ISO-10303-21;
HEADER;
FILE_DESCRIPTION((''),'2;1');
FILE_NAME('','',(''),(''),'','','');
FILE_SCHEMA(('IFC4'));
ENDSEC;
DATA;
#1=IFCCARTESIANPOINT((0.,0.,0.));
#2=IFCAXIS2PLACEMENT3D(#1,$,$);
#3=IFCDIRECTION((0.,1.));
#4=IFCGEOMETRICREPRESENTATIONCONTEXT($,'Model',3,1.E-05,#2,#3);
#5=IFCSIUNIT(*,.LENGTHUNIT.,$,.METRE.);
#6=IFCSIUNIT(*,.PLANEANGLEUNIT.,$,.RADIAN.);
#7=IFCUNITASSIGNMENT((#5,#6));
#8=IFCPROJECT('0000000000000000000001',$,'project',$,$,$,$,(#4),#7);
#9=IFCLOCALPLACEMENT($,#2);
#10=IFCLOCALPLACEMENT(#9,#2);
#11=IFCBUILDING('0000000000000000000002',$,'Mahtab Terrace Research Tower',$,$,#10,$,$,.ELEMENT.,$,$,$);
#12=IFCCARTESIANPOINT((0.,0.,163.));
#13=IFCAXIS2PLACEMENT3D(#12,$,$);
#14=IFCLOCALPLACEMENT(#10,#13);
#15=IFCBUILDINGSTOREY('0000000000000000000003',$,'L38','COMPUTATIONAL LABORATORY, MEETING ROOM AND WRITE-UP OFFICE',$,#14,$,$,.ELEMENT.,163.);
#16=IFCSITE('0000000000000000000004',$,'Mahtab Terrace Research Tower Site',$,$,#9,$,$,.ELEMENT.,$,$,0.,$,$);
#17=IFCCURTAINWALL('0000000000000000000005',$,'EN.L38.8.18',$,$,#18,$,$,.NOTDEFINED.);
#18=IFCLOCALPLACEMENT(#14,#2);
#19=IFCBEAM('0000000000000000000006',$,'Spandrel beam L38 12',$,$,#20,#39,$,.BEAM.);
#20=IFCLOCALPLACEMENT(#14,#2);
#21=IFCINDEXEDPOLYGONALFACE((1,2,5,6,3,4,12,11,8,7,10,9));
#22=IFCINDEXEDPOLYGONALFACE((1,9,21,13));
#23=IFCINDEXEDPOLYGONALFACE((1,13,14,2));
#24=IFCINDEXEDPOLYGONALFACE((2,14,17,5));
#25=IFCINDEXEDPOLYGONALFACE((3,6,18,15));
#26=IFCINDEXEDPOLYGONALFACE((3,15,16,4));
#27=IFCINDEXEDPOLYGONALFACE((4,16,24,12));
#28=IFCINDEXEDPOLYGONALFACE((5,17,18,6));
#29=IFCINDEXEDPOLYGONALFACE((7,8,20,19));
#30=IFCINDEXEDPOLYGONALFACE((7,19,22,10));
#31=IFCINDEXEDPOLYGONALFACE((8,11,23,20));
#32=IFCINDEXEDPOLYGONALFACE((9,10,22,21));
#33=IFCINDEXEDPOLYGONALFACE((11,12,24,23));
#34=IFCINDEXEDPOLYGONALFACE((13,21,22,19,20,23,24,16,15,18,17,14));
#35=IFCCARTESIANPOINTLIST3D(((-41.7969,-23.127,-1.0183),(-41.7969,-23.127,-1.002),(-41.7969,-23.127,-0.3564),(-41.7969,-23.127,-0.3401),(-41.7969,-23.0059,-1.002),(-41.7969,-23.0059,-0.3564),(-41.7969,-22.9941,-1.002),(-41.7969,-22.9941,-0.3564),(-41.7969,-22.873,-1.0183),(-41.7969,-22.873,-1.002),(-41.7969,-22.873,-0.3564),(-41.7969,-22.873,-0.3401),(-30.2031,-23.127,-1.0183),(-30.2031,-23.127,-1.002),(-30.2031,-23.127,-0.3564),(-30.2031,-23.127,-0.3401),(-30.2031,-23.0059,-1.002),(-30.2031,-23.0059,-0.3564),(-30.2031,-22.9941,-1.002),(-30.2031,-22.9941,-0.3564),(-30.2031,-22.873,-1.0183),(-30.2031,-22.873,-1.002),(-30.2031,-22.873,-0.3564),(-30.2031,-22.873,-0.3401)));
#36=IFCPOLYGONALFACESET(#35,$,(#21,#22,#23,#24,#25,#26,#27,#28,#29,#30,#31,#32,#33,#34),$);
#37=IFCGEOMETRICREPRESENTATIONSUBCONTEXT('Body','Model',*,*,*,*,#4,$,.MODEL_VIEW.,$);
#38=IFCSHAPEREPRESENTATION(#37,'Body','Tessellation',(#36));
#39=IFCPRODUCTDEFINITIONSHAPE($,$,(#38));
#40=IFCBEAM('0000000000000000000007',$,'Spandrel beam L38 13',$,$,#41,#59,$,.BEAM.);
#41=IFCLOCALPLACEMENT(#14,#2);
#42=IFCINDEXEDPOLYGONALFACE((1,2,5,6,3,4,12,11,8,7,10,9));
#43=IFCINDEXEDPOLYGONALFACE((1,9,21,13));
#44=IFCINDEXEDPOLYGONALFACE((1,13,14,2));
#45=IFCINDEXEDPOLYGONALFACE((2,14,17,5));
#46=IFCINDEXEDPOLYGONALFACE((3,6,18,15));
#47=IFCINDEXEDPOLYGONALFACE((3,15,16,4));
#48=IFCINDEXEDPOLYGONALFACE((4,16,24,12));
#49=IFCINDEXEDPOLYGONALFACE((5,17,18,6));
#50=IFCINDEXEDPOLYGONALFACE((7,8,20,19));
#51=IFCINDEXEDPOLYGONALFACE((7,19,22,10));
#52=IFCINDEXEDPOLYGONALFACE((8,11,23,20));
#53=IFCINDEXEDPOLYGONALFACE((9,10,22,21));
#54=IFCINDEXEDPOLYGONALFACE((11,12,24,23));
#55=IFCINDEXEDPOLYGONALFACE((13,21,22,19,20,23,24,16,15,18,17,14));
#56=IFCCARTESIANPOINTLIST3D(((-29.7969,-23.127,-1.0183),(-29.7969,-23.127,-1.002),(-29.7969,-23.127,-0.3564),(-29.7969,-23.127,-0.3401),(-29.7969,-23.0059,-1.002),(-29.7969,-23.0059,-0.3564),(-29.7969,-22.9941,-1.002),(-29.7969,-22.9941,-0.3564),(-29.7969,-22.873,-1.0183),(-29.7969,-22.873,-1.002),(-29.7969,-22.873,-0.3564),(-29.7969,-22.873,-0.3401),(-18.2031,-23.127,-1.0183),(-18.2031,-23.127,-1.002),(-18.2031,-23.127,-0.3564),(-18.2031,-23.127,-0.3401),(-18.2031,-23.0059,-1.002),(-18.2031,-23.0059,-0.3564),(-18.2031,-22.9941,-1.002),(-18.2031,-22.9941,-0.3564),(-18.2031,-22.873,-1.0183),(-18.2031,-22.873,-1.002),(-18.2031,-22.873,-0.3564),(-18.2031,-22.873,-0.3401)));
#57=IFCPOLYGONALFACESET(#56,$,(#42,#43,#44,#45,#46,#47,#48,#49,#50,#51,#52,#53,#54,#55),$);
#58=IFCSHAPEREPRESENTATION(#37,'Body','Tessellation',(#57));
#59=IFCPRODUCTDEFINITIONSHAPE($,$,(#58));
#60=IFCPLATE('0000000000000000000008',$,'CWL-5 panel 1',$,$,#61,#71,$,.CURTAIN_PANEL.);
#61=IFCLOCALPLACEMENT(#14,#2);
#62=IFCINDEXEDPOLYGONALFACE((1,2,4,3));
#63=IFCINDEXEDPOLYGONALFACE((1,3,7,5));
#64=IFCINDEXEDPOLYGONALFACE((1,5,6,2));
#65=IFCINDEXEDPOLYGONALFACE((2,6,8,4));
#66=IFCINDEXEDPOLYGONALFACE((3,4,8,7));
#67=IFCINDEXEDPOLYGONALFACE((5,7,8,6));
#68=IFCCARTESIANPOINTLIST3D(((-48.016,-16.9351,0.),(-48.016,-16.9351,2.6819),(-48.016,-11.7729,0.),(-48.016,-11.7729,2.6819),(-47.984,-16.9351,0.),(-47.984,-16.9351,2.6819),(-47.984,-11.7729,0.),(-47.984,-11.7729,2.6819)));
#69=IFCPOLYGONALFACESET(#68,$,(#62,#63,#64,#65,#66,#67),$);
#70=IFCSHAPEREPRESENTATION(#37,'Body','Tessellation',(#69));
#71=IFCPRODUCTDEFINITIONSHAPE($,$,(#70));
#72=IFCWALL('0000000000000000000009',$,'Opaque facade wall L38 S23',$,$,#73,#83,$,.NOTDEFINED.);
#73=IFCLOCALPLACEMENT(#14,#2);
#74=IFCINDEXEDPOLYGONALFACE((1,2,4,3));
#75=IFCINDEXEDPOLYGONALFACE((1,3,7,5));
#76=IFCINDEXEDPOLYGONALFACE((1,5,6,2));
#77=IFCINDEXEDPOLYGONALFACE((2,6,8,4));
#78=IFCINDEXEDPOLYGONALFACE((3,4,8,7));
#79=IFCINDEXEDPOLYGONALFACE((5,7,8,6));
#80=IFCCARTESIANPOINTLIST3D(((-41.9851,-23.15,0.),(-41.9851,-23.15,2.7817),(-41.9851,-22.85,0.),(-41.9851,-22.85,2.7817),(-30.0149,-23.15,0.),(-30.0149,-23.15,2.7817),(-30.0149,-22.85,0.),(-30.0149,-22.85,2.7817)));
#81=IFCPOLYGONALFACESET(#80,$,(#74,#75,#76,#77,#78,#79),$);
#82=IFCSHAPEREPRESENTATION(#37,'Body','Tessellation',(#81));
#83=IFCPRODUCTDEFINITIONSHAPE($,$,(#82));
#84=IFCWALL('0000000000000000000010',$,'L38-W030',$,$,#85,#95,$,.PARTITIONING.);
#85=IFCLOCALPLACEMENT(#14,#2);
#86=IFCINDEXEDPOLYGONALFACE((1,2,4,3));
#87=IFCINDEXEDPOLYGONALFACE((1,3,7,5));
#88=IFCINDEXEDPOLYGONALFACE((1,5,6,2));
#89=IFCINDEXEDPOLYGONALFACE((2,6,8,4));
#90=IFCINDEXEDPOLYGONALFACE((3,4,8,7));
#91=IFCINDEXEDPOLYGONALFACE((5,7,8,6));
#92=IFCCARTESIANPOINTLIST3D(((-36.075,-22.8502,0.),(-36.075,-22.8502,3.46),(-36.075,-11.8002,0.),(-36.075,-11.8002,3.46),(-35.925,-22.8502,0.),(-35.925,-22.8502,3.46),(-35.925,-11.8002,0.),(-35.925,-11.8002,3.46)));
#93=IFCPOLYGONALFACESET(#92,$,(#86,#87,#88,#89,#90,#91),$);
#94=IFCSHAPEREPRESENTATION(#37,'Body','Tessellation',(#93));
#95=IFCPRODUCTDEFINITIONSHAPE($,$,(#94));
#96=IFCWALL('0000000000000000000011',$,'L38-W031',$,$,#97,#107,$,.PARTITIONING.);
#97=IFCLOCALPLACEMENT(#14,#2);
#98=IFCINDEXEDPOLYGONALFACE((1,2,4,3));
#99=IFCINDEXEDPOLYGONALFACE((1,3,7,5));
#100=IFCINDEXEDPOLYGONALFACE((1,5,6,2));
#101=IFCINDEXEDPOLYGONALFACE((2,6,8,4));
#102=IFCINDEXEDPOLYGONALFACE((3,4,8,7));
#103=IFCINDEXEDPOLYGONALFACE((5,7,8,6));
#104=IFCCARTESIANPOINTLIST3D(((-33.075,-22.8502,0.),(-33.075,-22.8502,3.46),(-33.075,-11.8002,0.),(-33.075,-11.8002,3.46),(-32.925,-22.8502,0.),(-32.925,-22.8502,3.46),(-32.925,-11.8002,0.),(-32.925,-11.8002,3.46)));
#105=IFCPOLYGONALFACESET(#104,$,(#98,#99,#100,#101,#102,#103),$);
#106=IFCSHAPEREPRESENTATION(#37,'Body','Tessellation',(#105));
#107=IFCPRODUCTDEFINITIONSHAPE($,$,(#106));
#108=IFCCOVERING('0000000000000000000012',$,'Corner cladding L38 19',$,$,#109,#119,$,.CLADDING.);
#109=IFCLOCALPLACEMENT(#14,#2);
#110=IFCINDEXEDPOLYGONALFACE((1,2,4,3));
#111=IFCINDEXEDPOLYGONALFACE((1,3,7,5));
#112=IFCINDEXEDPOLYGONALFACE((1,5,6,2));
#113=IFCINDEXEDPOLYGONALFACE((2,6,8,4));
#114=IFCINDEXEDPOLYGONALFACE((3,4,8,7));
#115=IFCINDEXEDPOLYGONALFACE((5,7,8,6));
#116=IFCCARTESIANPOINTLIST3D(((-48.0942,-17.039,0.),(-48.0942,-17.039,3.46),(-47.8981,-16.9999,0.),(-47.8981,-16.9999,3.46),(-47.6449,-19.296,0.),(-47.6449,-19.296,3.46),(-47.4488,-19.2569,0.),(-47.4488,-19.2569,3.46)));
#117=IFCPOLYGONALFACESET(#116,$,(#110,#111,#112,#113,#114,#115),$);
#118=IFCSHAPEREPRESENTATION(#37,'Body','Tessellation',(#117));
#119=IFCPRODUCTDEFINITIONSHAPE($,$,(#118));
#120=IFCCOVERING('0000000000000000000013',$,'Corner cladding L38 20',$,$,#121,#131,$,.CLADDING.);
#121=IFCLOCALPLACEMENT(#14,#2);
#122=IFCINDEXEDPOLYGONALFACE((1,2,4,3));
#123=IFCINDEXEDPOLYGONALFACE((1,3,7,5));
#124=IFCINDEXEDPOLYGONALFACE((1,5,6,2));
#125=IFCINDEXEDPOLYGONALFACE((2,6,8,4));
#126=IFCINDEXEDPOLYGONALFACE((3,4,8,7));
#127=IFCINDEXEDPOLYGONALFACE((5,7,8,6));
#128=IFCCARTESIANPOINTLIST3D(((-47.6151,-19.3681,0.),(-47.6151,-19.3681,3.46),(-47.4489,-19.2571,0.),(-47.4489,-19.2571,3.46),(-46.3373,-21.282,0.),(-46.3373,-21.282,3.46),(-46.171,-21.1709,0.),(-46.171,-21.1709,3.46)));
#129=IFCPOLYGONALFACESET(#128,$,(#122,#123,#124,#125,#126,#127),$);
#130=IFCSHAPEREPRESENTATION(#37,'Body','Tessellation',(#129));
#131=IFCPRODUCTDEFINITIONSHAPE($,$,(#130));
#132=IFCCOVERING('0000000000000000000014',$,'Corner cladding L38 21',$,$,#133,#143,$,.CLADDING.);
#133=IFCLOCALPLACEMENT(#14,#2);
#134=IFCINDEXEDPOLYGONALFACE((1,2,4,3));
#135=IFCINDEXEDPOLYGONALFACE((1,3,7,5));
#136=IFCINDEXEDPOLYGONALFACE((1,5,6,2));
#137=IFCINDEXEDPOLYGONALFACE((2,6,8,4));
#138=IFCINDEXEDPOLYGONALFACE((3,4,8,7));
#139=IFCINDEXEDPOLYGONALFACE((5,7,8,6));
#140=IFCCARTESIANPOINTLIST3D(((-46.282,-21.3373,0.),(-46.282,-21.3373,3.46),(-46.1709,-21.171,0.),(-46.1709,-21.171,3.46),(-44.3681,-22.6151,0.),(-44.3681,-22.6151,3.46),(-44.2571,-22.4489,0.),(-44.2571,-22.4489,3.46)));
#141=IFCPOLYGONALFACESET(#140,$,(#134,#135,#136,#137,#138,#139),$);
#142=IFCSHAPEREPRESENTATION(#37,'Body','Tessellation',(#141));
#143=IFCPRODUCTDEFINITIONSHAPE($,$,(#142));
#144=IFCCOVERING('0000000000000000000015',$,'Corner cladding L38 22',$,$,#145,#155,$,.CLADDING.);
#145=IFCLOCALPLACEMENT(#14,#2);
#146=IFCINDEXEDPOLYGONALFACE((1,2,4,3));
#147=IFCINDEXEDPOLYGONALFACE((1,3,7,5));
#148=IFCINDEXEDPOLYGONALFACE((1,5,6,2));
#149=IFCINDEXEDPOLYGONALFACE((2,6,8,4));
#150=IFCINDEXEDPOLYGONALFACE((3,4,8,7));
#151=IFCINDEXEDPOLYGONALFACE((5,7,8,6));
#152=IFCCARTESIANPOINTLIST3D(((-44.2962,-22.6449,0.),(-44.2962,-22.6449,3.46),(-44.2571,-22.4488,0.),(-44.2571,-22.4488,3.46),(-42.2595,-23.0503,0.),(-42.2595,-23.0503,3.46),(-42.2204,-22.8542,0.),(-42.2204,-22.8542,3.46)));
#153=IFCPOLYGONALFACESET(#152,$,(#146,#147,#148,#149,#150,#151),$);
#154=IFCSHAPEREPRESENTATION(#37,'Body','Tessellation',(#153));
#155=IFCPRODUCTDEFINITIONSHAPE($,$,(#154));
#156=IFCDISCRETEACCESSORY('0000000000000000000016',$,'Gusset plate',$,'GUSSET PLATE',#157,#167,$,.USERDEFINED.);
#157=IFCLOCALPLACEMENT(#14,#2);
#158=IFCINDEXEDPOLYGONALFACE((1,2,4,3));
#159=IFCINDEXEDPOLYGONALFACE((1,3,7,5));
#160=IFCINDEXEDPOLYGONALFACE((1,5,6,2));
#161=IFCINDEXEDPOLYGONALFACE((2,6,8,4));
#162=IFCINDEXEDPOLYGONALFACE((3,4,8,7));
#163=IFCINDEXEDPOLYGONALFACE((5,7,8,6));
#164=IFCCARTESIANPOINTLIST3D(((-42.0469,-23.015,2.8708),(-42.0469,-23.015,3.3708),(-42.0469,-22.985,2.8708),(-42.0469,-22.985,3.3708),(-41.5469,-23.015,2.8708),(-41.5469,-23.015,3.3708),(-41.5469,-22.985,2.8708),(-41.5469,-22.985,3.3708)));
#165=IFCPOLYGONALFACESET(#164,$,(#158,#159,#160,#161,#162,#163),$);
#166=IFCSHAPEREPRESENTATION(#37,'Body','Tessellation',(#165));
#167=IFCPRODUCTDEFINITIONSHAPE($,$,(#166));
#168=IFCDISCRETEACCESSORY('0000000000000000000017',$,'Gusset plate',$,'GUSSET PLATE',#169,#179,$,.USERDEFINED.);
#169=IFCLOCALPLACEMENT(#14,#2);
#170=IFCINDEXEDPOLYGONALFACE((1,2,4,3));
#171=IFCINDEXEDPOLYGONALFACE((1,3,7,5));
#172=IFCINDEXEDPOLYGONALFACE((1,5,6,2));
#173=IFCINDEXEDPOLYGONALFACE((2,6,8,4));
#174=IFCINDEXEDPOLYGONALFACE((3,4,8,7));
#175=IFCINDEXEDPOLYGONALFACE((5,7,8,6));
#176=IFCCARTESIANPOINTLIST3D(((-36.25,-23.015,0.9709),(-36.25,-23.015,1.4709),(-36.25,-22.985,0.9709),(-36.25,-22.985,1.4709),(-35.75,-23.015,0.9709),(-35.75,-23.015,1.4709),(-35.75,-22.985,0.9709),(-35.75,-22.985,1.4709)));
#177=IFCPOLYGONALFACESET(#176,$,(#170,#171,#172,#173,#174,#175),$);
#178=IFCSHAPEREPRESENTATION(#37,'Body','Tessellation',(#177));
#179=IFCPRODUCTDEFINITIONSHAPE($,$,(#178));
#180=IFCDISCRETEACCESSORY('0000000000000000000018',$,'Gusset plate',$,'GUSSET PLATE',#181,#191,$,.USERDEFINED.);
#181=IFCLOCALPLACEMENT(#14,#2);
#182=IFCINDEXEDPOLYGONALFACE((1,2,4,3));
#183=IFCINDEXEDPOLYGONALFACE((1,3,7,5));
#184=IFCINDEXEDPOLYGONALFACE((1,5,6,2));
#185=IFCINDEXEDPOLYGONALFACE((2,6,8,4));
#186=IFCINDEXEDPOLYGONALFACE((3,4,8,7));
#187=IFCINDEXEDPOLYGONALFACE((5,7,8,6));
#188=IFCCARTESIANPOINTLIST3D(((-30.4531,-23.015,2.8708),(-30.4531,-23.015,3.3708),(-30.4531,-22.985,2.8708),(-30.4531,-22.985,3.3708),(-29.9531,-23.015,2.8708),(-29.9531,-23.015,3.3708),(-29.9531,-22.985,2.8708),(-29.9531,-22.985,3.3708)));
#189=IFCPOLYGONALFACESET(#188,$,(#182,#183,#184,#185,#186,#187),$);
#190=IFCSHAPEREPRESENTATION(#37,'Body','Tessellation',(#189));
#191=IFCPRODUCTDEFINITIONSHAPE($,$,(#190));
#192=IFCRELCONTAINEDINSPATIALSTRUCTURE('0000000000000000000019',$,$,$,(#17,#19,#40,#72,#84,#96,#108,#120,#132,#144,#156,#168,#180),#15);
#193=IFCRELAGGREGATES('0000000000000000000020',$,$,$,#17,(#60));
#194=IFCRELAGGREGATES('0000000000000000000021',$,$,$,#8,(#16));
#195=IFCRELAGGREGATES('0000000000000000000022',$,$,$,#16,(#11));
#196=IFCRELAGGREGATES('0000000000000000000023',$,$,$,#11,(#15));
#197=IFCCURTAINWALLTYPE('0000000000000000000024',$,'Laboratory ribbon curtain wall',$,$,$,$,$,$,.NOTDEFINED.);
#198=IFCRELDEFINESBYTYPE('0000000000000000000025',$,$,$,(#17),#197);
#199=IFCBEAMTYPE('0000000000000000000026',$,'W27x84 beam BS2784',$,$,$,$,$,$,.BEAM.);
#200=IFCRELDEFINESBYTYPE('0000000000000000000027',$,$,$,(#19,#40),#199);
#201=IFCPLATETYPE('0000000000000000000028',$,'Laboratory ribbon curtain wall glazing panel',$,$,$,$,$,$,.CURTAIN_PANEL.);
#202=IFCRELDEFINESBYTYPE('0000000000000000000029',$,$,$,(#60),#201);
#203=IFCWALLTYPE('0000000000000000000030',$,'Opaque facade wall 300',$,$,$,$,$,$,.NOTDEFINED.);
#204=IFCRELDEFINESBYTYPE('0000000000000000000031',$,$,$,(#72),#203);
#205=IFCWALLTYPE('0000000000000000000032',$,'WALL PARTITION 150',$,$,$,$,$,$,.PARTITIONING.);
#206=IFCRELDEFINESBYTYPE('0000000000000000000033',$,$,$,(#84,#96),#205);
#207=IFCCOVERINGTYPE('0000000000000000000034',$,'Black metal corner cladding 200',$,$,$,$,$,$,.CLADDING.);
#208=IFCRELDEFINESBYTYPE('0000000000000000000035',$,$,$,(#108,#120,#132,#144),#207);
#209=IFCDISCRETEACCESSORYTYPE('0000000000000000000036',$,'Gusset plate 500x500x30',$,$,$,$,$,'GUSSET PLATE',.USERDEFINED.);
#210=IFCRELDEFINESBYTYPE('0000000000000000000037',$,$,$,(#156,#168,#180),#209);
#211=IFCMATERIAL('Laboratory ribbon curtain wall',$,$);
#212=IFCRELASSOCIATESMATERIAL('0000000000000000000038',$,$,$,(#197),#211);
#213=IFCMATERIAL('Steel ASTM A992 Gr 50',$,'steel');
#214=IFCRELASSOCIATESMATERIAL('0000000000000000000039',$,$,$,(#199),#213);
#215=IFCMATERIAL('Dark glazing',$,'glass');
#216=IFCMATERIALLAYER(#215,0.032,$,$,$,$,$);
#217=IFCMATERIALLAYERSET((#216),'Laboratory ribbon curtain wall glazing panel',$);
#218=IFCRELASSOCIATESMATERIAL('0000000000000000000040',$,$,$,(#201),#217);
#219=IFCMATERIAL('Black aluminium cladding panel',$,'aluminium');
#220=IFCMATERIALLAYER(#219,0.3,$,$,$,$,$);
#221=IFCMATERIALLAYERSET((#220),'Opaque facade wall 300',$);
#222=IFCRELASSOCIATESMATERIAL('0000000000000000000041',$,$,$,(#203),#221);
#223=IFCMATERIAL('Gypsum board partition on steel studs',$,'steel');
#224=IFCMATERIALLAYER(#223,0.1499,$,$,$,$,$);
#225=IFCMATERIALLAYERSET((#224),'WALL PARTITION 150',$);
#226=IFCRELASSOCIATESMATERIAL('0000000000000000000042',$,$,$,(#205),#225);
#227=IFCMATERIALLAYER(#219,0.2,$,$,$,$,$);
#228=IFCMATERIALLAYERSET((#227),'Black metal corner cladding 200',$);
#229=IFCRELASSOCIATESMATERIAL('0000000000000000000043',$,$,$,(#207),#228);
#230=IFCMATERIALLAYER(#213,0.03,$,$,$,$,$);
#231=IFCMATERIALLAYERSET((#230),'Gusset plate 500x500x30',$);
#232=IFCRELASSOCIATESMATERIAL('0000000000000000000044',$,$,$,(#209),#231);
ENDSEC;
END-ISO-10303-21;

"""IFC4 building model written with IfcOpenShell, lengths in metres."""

from ifc_helpers import new_model, si_unit, direction, frame, frame_2d, origin, origin_2d, place, context, subcontext, project, spatial, rectangle, i_section, extrude, material, layer, layer_set, material_profile, profile_set, type_object, element, aggregate, save


model = new_model("IFC4")

# Units and contexts
model_context = context("Model", 3, precision=1e-05, world=origin(), true_north=direction((0.0, 1.0)))
body_context = subcontext(model_context, "Body", "Model", "MODEL_VIEW")
ifc_project = project(units=[si_unit("LENGTHUNIT", "METRE"), si_unit("PLANEANGLEUNIT", "RADIAN")], contexts=[model_context])

# Site, building, storey
site_placement = place(None, origin())
site = spatial("IfcSite", under=ifc_project, at=site_placement, Name="Mahtab Terrace Research Tower Site", CompositionType="ELEMENT", RefElevation=0.0)
building_placement = place(site_placement, origin())
building = spatial("IfcBuilding", under=site, at=building_placement, Name="Mahtab Terrace Research Tower", CompositionType="ELEMENT")
storey_placement = place(building_placement, frame((0.0, 0.0, 163.0)))
storey = spatial("IfcBuildingStorey", under=building, at=storey_placement, Name="L38", Description="COMPUTATIONAL LABORATORY, MEETING ROOM AND WRITE-UP OFFICE", CompositionType="ELEMENT", Elevation=163.0)

# Shared definitions
ifc_material_1 = material(Name="Steel ASTM A992 Gr 50", Category="steel")

# Curtain wall
ifc_material_2 = material(Name="Laboratory ribbon curtain wall")
curtain_wall_type = type_object("IfcCurtainWallType", Name="Laboratory ribbon curtain wall", PredefinedType="NOTDEFINED", material=ifc_material_2)
curtain_wall_1_placement = place(storey_placement, origin())
curtain_wall_1 = element("IfcCurtainWall", 1, at=curtain_wall_1_placement, inside=storey, type_object=curtain_wall_type, Name="EN.L38.8.18", PredefinedType="NOTDEFINED")

# Beams
ifc_material_profile_1 = material_profile(ifc_material_1, i_section(OverallWidth=0.2539, OverallDepth=0.6782, WebThickness=0.0117, FlangeThickness=0.0164, at=origin_2d()), Name="W27X84")
ifc_profile_set_1 = profile_set([ifc_material_profile_1], Name="Steel ASTM A992 Gr 50")
beam_type = type_object("IfcBeamType", Name="W27x84 beam BS2784", PredefinedType="BEAM", material=ifc_profile_set_1)
for number, where, z_axis, x_axis, name in (
    (2, (-41.7969, -23.0, -0.6792), (1.0, 0.0, 0.0), (0.0, 1.0, 0.0), "Spandrel beam L38 12"),
    (3, (-29.7969, -23.0, -0.6792), (1.0, 0.0, 0.0), (0.0, 1.0, 0.0), "Spandrel beam L38 13"),
):
    element("IfcBeam", number, at=place(storey_placement, frame(where, z_axis=z_axis, x_axis=x_axis)), inside=storey, type_object=beam_type, Name=name, PredefinedType="BEAM", context=body_context, shape_type="SweptSolid", body=[
        extrude(i_section(OverallWidth=0.2539, OverallDepth=0.6782, WebThickness=0.0117, FlangeThickness=0.0164, at=origin_2d()), origin(), (0.0, 0.0, 1.0), 11.5938),
    ])

# Plate
ifc_material_3 = material(Name="Dark glazing", Category="glass")
ifc_layer_1 = layer(ifc_material_3, 0.032)
ifc_layer_set_1 = layer_set([ifc_layer_1], Name="Laboratory ribbon curtain wall glazing panel")
plate_type = type_object("IfcPlateType", Name="Laboratory ribbon curtain wall glazing panel", PredefinedType="CURTAIN_PANEL", material=ifc_layer_set_1)
plate_placement = place(storey_placement, frame((-48.0, -14.354, 0.0), z_axis=(0.0, 0.0, 1.0), x_axis=(0.0, -1.0, 0.0)))
plate = element("IfcPlate", 4, at=plate_placement, type_object=plate_type, Name="CWL-5 panel 1", PredefinedType="CURTAIN_PANEL", context=body_context, shape_type="SweptSolid", body=[
    extrude(rectangle(XDim=5.1621, YDim=0.032, at=origin_2d()), origin(), (0.0, 0.0, 1.0), 2.6819),
])
aggregate(curtain_wall_1, [plate])

# Walls
ifc_material_4 = material(Name="Black aluminium cladding panel", Category="aluminium")
ifc_layer_2 = layer(ifc_material_4, 0.3)
ifc_layer_set_2 = layer_set([ifc_layer_2], Name="Opaque facade wall 300")
wall_type_1 = type_object("IfcWallType", Name="Opaque facade wall 300", PredefinedType="NOTDEFINED", material=ifc_layer_set_2)
wall_placement = place(storey_placement, frame((-41.9851, -23.0, 0.0), z_axis=(0.0, 0.0, 1.0), x_axis=(1.0, 0.0, 0.0)))
element("IfcWall", 5, at=wall_placement, inside=storey, type_object=wall_type_1, Name="Opaque facade wall L38 S23", PredefinedType="NOTDEFINED", context=body_context, shape_type="SweptSolid", body=[
    extrude(rectangle(XDim=11.9702, YDim=0.3, at=frame_2d((5.9851, 0.0))), origin(), (0.0, 0.0, 1.0), 2.7817),
])
ifc_material_5 = material(Name="Gypsum board partition on steel studs", Category="steel")
ifc_layer_3 = layer(ifc_material_5, 0.1499)
ifc_layer_set_3 = layer_set([ifc_layer_3], Name="WALL PARTITION 150")
wall_type_2 = type_object("IfcWallType", Name="WALL PARTITION 150", PredefinedType="PARTITIONING", material=ifc_layer_set_3)
for number, where, z_axis, x_axis, name in (
    (6, (-36.0, -22.8501, 0.0), (0.0, 0.0, 1.0), (0.0, 1.0, 0.0), "L38-W030"),
    (7, (-33.0, -22.8501, 0.0), (0.0, 0.0, 1.0), (0.0, 1.0, 0.0), "L38-W031"),
):
    element("IfcWall", number, at=place(storey_placement, frame(where, z_axis=z_axis, x_axis=x_axis)), inside=storey, type_object=wall_type_2, Name=name, PredefinedType="PARTITIONING", context=body_context, shape_type="SweptSolid", body=[
        extrude(rectangle(XDim=11.05, YDim=0.1499, at=frame_2d((5.5249, 0.0))), origin(), (0.0, 0.0, 1.0), 3.46),
    ])

# Coverings
ifc_layer_4 = layer(ifc_material_4, 0.2)
ifc_layer_set_4 = layer_set([ifc_layer_4], Name="Black metal corner cladding 200")
covering_type = type_object("IfcCoveringType", Name="Black metal corner cladding 200", PredefinedType="CLADDING", material=ifc_layer_set_4)
for number, where, z_axis, x_axis, name in (
    (8, (-47.7715, -18.1479, 0.0), (0.0, 0.0, 1.0), (0.195212, -0.980761, 0.0), "Corner cladding L38 19"),
    (9, (-46.8931, -20.2695, 0.0), (0.0, 0.0, 1.0), (0.555291, -0.831656, 0.0), "Corner cladding L38 20"),
    (10, (-45.2695, -21.8931, 0.0), (0.0, 0.0, 1.0), (0.831656, -0.555291, 0.0), "Corner cladding L38 21"),
):
    element("IfcCovering", number, at=place(storey_placement, frame(where, z_axis=z_axis, x_axis=x_axis)), inside=storey, type_object=covering_type, Name=name, PredefinedType="CLADDING", context=body_context, shape_type="SweptSolid", body=[
        extrude(rectangle(XDim=2.3013, YDim=0.2, at=origin_2d()), origin(), (0.0, 0.0, 1.0), 3.46),
    ])
covering_placement = place(storey_placement, frame((-43.2583, -22.7495, 0.0), z_axis=(0.0, 0.0, 1.0), x_axis=(0.980761, -0.195212, 0.0)))
element("IfcCovering", 11, at=covering_placement, inside=storey, type_object=covering_type, Name="Corner cladding L38 22", PredefinedType="CLADDING", context=body_context, shape_type="SweptSolid", body=[
    extrude(rectangle(XDim=2.0767, YDim=0.2, at=origin_2d()), origin(), (0.0, 0.0, 1.0), 3.46),
])

# Discrete accessories
ifc_layer_5 = layer(ifc_material_1, 0.03)
ifc_layer_set_5 = layer_set([ifc_layer_5], Name="Gusset plate 500x500x30")
discrete_accessory_type = type_object("IfcDiscreteAccessoryType", Name="Gusset plate 500x500x30", ElementType="GUSSET PLATE", PredefinedType="USERDEFINED", material=ifc_layer_set_5)
for number, where, z_axis, x_axis, name in (
    (12, (-41.7969, -23.0, 2.8708), (0.0, 0.0, 1.0), (1.0, 0.0, 0.0), "Gusset plate"),
    (13, (-36.0, -23.0, 0.9709), (0.0, 0.0, 1.0), (1.0, 0.0, 0.0), "Gusset plate"),
    (14, (-30.2031, -23.0, 2.8708), (0.0, 0.0, 1.0), (1.0, 0.0, 0.0), "Gusset plate"),
):
    element("IfcDiscreteAccessory", number, at=place(storey_placement, frame(where, z_axis=z_axis, x_axis=x_axis)), inside=storey, type_object=discrete_accessory_type, Name=name, ObjectType="GUSSET PLATE", PredefinedType="USERDEFINED", context=body_context, shape_type="SweptSolid", body=[
        extrude(rectangle(XDim=0.5, YDim=0.03, at=origin_2d()), origin(), (0.0, 0.0, 1.0), 0.5),
    ])

save(model, "model.ifc")
